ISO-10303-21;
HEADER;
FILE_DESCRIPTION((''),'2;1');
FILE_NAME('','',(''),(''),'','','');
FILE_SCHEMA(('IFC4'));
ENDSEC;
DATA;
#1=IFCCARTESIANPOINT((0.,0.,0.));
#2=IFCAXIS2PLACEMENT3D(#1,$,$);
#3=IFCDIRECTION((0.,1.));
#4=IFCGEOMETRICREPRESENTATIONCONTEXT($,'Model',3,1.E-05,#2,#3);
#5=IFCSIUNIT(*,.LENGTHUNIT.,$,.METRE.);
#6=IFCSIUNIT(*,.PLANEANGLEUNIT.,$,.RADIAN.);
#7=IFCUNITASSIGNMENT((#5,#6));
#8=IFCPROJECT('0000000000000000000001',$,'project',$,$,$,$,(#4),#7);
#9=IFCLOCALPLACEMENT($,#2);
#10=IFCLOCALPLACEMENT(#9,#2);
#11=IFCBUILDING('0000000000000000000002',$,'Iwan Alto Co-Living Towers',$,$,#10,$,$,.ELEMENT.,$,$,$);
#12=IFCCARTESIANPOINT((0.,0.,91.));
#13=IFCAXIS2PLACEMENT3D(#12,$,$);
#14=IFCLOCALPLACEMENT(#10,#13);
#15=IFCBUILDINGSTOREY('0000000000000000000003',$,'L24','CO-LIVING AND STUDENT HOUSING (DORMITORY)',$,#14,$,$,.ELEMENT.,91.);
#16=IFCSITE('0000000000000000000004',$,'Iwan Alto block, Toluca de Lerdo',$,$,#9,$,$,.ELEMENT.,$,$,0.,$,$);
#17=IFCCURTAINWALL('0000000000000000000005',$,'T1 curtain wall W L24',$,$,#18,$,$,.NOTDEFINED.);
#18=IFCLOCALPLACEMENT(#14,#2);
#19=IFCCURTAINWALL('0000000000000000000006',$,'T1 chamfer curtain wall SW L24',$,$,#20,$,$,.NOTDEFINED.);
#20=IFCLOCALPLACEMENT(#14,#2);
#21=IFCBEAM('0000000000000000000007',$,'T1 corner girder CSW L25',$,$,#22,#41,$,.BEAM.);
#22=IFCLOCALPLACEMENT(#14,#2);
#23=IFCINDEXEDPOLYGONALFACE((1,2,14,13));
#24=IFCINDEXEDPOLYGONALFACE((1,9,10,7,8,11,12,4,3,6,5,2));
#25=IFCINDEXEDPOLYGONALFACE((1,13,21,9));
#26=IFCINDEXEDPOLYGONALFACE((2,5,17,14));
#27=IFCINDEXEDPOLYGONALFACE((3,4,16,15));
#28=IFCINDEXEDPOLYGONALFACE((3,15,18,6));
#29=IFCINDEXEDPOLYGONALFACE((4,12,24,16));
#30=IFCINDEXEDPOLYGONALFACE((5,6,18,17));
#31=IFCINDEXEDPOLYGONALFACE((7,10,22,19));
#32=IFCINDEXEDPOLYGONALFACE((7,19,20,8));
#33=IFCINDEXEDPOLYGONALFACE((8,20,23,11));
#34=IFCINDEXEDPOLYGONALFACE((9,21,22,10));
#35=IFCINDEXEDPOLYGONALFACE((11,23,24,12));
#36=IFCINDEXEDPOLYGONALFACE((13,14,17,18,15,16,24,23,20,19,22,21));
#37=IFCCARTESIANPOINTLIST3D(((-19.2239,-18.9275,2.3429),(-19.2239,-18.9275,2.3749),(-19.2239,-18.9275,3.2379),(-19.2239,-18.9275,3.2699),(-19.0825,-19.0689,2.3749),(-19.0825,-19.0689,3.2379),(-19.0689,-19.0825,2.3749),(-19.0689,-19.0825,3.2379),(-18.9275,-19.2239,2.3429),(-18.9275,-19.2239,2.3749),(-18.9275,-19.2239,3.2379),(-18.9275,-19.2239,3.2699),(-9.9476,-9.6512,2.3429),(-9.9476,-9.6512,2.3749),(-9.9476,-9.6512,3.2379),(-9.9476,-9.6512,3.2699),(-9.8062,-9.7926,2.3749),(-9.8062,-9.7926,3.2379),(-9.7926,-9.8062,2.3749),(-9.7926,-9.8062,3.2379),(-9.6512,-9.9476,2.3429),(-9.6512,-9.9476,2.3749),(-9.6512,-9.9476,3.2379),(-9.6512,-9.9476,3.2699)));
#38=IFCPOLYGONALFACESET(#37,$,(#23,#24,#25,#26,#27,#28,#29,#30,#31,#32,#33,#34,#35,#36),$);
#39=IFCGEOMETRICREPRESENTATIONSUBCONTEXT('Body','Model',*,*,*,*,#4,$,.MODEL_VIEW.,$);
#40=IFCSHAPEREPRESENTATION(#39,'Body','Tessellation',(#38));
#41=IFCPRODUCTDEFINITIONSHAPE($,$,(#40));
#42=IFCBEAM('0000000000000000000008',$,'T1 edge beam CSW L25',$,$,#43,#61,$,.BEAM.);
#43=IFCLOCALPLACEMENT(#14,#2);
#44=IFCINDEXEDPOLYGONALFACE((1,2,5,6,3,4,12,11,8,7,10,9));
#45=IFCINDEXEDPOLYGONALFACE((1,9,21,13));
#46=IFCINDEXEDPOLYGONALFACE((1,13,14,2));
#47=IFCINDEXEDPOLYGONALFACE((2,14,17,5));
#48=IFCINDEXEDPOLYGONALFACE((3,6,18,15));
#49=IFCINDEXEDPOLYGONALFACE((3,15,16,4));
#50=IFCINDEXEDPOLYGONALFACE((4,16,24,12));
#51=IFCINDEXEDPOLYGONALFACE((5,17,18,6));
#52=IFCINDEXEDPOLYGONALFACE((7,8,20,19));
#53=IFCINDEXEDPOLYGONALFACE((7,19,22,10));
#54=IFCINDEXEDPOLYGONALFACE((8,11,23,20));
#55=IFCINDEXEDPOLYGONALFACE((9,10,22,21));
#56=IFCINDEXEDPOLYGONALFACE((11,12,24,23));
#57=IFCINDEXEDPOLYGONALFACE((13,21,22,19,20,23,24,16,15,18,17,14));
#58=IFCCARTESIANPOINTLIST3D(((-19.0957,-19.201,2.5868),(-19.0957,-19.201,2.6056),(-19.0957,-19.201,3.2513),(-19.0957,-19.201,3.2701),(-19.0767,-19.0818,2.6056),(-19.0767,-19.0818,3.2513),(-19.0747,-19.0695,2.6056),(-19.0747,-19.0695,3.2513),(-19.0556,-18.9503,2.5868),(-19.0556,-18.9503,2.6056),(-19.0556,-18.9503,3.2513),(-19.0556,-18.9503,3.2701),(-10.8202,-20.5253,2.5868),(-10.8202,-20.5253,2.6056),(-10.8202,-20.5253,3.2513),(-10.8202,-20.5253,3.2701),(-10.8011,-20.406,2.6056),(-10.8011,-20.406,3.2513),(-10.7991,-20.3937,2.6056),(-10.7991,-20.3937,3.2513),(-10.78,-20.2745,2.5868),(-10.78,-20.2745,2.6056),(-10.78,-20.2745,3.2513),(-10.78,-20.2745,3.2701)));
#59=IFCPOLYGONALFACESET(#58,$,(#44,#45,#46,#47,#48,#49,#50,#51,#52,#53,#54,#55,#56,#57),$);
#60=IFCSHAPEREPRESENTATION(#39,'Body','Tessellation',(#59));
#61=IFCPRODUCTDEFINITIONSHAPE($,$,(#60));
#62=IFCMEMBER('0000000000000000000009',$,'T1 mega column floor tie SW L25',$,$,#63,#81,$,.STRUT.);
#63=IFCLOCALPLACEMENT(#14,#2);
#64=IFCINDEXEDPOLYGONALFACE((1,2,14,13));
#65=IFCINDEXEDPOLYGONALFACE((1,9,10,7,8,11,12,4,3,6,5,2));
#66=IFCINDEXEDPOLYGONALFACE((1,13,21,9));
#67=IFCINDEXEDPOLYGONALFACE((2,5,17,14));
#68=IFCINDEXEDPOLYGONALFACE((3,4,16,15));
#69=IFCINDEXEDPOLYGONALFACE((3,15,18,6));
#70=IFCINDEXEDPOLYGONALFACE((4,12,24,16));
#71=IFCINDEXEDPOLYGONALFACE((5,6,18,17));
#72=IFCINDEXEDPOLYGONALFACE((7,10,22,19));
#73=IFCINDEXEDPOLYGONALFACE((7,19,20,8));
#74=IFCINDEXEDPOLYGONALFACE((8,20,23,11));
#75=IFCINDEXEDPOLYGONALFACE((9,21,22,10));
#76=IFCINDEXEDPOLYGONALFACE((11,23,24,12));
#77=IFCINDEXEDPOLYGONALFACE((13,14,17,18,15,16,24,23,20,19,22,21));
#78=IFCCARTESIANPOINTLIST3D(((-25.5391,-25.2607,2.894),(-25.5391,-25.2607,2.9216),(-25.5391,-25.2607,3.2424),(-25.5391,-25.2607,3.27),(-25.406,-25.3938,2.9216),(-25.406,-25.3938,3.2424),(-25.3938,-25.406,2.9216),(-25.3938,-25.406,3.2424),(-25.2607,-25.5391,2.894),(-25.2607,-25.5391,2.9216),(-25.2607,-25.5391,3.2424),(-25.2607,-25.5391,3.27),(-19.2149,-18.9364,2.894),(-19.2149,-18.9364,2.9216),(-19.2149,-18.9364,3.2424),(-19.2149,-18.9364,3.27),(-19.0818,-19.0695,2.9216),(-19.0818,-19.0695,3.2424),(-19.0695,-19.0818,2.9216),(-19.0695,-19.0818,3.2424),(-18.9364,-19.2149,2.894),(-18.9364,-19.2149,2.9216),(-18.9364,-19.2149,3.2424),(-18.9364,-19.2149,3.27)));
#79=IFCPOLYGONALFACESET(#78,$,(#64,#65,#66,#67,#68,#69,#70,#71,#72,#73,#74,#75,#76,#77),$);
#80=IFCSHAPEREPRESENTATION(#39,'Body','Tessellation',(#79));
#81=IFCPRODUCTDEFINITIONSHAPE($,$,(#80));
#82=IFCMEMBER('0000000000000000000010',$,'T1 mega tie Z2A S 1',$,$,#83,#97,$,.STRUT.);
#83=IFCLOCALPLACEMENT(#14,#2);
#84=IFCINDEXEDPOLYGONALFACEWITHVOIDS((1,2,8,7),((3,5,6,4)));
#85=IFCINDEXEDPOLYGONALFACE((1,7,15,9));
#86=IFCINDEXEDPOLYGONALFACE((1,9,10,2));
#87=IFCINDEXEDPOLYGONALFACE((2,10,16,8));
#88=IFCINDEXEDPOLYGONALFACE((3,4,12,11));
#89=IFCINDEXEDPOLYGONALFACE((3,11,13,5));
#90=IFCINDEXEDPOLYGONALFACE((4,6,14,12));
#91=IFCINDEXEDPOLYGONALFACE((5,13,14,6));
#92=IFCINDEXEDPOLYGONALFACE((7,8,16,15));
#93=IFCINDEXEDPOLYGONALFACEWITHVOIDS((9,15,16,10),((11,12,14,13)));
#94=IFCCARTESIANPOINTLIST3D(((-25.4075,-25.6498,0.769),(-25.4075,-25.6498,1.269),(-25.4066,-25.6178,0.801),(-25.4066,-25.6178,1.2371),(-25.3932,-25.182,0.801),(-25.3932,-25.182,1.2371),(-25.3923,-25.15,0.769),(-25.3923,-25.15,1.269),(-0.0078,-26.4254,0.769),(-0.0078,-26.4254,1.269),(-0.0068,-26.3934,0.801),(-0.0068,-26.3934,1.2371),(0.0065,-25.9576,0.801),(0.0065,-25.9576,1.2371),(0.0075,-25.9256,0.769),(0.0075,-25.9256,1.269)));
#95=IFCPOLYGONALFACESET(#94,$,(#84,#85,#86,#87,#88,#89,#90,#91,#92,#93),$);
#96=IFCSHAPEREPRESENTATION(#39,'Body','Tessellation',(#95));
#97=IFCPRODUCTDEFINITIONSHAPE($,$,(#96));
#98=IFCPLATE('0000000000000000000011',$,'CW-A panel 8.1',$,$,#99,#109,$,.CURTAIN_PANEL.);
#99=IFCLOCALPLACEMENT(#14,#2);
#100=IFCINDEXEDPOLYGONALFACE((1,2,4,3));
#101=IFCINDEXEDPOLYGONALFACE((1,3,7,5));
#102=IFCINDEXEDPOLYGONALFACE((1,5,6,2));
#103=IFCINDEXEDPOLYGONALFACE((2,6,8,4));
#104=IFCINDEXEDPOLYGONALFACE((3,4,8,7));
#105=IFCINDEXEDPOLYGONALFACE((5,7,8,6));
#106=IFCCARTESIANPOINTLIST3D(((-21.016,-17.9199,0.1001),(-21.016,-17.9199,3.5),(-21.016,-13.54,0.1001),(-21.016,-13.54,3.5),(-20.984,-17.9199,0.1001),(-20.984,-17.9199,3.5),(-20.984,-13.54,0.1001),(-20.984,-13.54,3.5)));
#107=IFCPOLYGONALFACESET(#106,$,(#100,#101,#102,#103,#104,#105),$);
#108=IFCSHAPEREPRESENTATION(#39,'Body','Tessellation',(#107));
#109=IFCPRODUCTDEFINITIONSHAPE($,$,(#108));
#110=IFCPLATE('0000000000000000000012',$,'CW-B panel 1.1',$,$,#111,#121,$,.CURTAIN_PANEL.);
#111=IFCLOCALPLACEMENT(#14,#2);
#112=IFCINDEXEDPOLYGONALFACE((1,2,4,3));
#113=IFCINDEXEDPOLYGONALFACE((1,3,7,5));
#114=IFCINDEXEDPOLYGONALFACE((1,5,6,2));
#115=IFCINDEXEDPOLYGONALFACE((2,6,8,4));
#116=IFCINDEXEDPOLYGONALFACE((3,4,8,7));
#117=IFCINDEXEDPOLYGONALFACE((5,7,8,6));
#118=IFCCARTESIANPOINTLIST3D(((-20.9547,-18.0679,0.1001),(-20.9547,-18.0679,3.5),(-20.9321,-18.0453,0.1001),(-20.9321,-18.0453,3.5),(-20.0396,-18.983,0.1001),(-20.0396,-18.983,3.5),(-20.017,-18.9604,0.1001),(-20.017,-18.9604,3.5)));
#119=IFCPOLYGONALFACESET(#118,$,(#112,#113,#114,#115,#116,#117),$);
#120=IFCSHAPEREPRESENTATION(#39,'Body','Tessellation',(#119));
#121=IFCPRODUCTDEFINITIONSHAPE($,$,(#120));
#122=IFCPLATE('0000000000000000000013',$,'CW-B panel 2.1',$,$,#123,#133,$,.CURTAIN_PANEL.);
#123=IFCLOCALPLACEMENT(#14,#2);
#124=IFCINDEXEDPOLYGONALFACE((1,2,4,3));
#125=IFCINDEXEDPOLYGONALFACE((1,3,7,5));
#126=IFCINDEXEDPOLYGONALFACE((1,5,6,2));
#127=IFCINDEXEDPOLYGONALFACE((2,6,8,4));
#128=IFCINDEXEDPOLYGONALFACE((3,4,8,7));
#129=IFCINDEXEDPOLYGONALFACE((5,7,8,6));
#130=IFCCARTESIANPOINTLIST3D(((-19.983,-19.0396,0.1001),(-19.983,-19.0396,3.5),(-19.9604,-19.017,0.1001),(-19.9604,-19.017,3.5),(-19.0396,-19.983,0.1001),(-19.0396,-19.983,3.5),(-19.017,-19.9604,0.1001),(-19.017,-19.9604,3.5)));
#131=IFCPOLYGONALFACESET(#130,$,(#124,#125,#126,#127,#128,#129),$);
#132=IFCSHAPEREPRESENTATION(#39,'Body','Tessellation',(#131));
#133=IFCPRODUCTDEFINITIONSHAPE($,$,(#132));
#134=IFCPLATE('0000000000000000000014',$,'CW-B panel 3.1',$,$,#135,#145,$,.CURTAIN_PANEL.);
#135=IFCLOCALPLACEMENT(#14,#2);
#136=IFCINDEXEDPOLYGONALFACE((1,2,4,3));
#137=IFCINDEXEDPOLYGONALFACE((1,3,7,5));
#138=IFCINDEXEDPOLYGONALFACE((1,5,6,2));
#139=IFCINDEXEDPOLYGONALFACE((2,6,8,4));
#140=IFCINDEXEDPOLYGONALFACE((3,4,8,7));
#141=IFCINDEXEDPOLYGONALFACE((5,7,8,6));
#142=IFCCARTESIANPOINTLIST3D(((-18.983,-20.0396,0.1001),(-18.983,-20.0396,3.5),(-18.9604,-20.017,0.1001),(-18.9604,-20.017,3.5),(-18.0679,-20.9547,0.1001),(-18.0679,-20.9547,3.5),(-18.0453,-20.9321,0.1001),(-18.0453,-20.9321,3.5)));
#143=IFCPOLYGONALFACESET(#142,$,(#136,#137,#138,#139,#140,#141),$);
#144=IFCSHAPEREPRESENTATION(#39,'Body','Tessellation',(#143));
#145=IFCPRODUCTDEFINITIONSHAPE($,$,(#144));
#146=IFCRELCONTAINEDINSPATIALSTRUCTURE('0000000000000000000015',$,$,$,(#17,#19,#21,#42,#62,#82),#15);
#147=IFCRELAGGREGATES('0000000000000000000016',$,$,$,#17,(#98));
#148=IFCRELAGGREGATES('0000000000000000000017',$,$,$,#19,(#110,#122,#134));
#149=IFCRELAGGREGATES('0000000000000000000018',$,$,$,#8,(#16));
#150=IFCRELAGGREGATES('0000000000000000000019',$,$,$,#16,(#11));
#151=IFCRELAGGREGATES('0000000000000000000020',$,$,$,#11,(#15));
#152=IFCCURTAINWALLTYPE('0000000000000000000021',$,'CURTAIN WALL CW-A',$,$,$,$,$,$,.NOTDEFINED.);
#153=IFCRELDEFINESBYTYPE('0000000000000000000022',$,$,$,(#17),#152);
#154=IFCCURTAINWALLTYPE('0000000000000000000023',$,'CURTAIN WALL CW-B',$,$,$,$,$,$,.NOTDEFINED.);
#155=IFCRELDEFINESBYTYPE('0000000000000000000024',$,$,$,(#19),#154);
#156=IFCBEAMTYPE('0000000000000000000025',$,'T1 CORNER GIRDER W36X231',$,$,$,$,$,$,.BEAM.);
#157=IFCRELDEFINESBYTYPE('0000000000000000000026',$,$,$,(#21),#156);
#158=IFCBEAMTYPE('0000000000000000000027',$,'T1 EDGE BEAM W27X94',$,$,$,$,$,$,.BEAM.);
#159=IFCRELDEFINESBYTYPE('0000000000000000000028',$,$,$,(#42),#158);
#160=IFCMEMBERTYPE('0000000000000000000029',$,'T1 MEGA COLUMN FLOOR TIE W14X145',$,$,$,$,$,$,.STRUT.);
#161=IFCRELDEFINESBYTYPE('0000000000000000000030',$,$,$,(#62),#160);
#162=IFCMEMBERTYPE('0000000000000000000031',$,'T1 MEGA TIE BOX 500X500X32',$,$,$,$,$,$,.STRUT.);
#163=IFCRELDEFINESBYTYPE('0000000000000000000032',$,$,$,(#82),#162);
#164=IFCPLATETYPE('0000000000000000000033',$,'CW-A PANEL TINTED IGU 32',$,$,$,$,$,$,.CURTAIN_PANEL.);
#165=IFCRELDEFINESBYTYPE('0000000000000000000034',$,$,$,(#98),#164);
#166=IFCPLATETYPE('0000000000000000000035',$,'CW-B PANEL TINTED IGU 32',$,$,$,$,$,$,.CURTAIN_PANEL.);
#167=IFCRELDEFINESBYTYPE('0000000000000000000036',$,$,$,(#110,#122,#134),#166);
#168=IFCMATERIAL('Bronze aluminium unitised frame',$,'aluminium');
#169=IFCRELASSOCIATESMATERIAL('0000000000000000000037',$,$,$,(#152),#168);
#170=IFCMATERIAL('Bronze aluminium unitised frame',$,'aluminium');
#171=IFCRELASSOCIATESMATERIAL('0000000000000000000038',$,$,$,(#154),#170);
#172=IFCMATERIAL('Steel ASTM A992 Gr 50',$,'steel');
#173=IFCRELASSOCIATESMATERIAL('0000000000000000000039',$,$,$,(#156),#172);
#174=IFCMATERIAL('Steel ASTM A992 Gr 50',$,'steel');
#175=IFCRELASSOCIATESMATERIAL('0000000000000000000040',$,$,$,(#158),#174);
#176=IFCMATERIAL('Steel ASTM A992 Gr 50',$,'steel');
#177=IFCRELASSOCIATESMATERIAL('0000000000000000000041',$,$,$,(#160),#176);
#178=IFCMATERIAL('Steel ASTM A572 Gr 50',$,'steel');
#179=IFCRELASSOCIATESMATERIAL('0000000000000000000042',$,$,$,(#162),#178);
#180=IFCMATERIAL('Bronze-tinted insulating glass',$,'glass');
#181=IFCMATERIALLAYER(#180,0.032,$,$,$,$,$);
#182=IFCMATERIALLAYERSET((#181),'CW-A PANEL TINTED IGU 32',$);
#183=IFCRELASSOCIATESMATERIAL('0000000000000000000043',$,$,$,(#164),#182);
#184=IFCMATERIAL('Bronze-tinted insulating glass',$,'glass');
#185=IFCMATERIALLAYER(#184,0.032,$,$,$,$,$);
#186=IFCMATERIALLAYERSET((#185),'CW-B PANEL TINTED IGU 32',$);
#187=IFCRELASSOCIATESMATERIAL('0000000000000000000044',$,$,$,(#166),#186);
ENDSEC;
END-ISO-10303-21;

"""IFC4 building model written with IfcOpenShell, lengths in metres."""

from ifc_helpers import new_model, si_unit, direction, frame, origin, origin_2d, place, context, subcontext, project, spatial, rectangle, hollow_rectangle, i_section, extrude, material, layer, layer_set, material_profile, profile_set, type_object, element, aggregate, save


model = new_model("IFC4")

# Units and contexts
model_context = context("Model", 3, precision=1e-05, world=origin(), true_north=direction((0.0, 1.0)))
body_context = subcontext(model_context, "Body", "Model", "MODEL_VIEW")
ifc_project = project(units=[si_unit("LENGTHUNIT", "METRE"), si_unit("PLANEANGLEUNIT", "RADIAN")], contexts=[model_context])

# Site, building, storey
site_placement = place(None, origin())
site = spatial("IfcSite", under=ifc_project, at=site_placement, Name="Iwan Alto block, Toluca de Lerdo", CompositionType="ELEMENT", RefElevation=0.0)
building_placement = place(site_placement, origin())
building = spatial("IfcBuilding", under=site, at=building_placement, Name="Iwan Alto Co-Living Towers", CompositionType="ELEMENT")
storey_placement = place(building_placement, frame((0.0, 0.0, 91.0)))
storey = spatial("IfcBuildingStorey", under=building, at=storey_placement, Name="L24", Description="CO-LIVING AND STUDENT HOUSING (DORMITORY)", CompositionType="ELEMENT", Elevation=91.0)

# Shared definitions
ifc_material_1 = material(Name="Bronze aluminium unitised frame", Category="aluminium")
curtain_wall_type_1 = type_object("IfcCurtainWallType", Name="CURTAIN WALL CW-A", PredefinedType="NOTDEFINED", material=ifc_material_1)

# Curtain walls
curtain_wall_1_placement = place(storey_placement, origin())
curtain_wall_1 = element("IfcCurtainWall", 1, at=curtain_wall_1_placement, inside=storey, type_object=curtain_wall_type_1, Name="T1 curtain wall W L24", PredefinedType="NOTDEFINED")
ifc_material_2 = material(Name="Bronze aluminium unitised frame", Category="aluminium")
curtain_wall_type_2 = type_object("IfcCurtainWallType", Name="CURTAIN WALL CW-B", PredefinedType="NOTDEFINED", material=ifc_material_2)
curtain_wall_2_placement = place(storey_placement, origin())
curtain_wall_2 = element("IfcCurtainWall", 2, at=curtain_wall_2_placement, inside=storey, type_object=curtain_wall_type_2, Name="T1 chamfer curtain wall SW L24", PredefinedType="NOTDEFINED")

# Beams
ifc_material_3 = material(Name="Steel ASTM A992 Gr 50", Category="steel")
ifc_material_profile_1 = material_profile(ifc_material_3, i_section(OverallWidth=0.4192, OverallDepth=0.927, WebThickness=0.0193, FlangeThickness=0.032, at=origin_2d()), Name="W36X231")
ifc_profile_set_1 = profile_set([ifc_material_profile_1], Name="Steel ASTM A992 Gr 50")
beam_type_1 = type_object("IfcBeamType", Name="T1 CORNER GIRDER W36X231", PredefinedType="BEAM", material=ifc_profile_set_1)
beam_1_placement = place(storey_placement, frame((-19.0757, -19.0757, 2.8064), z_axis=(0.707107, 0.707107, 0.0), x_axis=(-0.707107, 0.707107, 0.0)))
element("IfcBeam", 3, at=beam_1_placement, inside=storey, type_object=beam_type_1, Name="T1 corner girder CSW L25", PredefinedType="BEAM", context=body_context, shape_type="SweptSolid", body=[
    extrude(i_section(OverallWidth=0.4192, OverallDepth=0.927, WebThickness=0.0193, FlangeThickness=0.032, at=origin_2d()), origin(), (0.0, 0.0, 1.0), 13.1187),
])
ifc_material_4 = material(Name="Steel ASTM A992 Gr 50", Category="steel")
ifc_material_profile_2 = material_profile(ifc_material_4, i_section(OverallWidth=0.2539, OverallDepth=0.6833, WebThickness=0.0125, FlangeThickness=0.0188, at=origin_2d()), Name="W27X94")
ifc_profile_set_2 = profile_set([ifc_material_profile_2], Name="Steel ASTM A992 Gr 50")
beam_type_2 = type_object("IfcBeamType", Name="T1 EDGE BEAM W27X94", PredefinedType="BEAM", material=ifc_profile_set_2)
beam_2_placement = place(storey_placement, frame((-19.0757, -19.0757, 2.9285), z_axis=(0.987438, -0.158004, 0.0), x_axis=(0.158004, 0.987438, 0.0)))
element("IfcBeam", 4, at=beam_2_placement, inside=storey, type_object=beam_type_2, Name="T1 edge beam CSW L25", PredefinedType="BEAM", context=body_context, shape_type="SweptSolid", body=[
    extrude(i_section(OverallWidth=0.2539, OverallDepth=0.6833, WebThickness=0.0125, FlangeThickness=0.0188, at=origin_2d()), origin(), (0.0, 0.0, 1.0), 8.3809),
])

# Members
ifc_material_5 = material(Name="Steel ASTM A992 Gr 50", Category="steel")
ifc_material_profile_3 = material_profile(ifc_material_5, i_section(OverallWidth=0.3938, OverallDepth=0.376, WebThickness=0.0173, FlangeThickness=0.0276, at=origin_2d()), Name="W14X145")
ifc_profile_set_3 = profile_set([ifc_material_profile_3], Name="Steel ASTM A992 Gr 50")
member_type_1 = type_object("IfcMemberType", Name="T1 MEGA COLUMN FLOOR TIE W14X145", PredefinedType="STRUT", material=ifc_profile_set_3)
member_1_placement = place(storey_placement, frame((-25.3999, -25.3999, 3.082), z_axis=(0.707107, 0.707107, 0.0), x_axis=(-0.707107, 0.707107, 0.0)))
element("IfcMember", 5, at=member_1_placement, inside=storey, type_object=member_type_1, Name="T1 mega column floor tie SW L25", PredefinedType="STRUT", context=body_context, shape_type="SweptSolid", body=[
    extrude(i_section(OverallWidth=0.3938, OverallDepth=0.376, WebThickness=0.0173, FlangeThickness=0.0276, at=origin_2d()), origin(), (0.0, 0.0, 1.0), 8.9438),
])
ifc_material_6 = material(Name="Steel ASTM A572 Gr 50", Category="steel")
ifc_material_profile_4 = material_profile(ifc_material_6, hollow_rectangle(XDim=0.5, YDim=0.5, WallThickness=0.032, at=origin_2d()), Name="BOX 500X500X32")
ifc_profile_set_4 = profile_set([ifc_material_profile_4], Name="Steel ASTM A572 Gr 50")
member_type_2 = type_object("IfcMemberType", Name="T1 MEGA TIE BOX 500X500X32", PredefinedType="STRUT", material=ifc_profile_set_4)
member_2_placement = place(storey_placement, frame((-25.3999, -25.3999, 1.019), z_axis=(0.999534, -0.030523, 0.0), x_axis=(0.030523, 0.999534, 0.0)))
element("IfcMember", 6, at=member_2_placement, inside=storey, type_object=member_type_2, Name="T1 mega tie Z2A S 1", PredefinedType="STRUT", context=body_context, shape_type="SweptSolid", body=[
    extrude(hollow_rectangle(XDim=0.5, YDim=0.5, WallThickness=0.032, at=origin_2d()), origin(), (0.0, 0.0, 1.0), 25.4116),
])

# Plates
ifc_material_7 = material(Name="Bronze-tinted insulating glass", Category="glass")
ifc_layer_1 = layer(ifc_material_7, 0.032)
ifc_layer_set_1 = layer_set([ifc_layer_1], Name="CW-A PANEL TINTED IGU 32")
plate_type_1 = type_object("IfcPlateType", Name="CW-A PANEL TINTED IGU 32", PredefinedType="CURTAIN_PANEL", material=ifc_layer_set_1)
plate_1_placement = place(storey_placement, frame((-21.0, -15.73, 0.1001), z_axis=(0.0, 0.0, 1.0), x_axis=(0.0, -1.0, 0.0)))
plate_1 = element("IfcPlate", 7, at=plate_1_placement, type_object=plate_type_1, Name="CW-A panel 8.1", PredefinedType="CURTAIN_PANEL", context=body_context, shape_type="SweptSolid", body=[
    extrude(rectangle(XDim=4.3799, YDim=0.032, at=origin_2d()), origin(), (0.0, 0.0, 1.0), 3.3999),
])
aggregate(curtain_wall_1, [plate_1])
ifc_material_8 = material(Name="Bronze-tinted insulating glass", Category="glass")
ifc_layer_2 = layer(ifc_material_8, 0.032)
ifc_layer_set_2 = layer_set([ifc_layer_2], Name="CW-B PANEL TINTED IGU 32")
plate_type_2 = type_object("IfcPlateType", Name="CW-B PANEL TINTED IGU 32", PredefinedType="CURTAIN_PANEL", material=ifc_layer_set_2)
plate_2_placement = place(storey_placement, frame((-20.4858, -18.5142, 0.1001), z_axis=(0.0, 0.0, 1.0), x_axis=(0.707107, -0.707107, 0.0)))
plate_2 = element("IfcPlate", 8, at=plate_2_placement, type_object=plate_type_2, Name="CW-B panel 1.1", PredefinedType="CURTAIN_PANEL", context=body_context, shape_type="SweptSolid", body=[
    extrude(rectangle(XDim=1.2942, YDim=0.032, at=origin_2d()), origin(), (0.0, 0.0, 1.0), 3.3999),
])
plate_3_placement = place(storey_placement, frame((-19.5, -19.5, 0.1001), z_axis=(0.0, 0.0, 1.0), x_axis=(0.707107, -0.707107, 0.0)))
plate_3 = element("IfcPlate", 9, at=plate_3_placement, type_object=plate_type_2, Name="CW-B panel 2.1", PredefinedType="CURTAIN_PANEL", context=body_context, shape_type="SweptSolid", body=[
    extrude(rectangle(XDim=1.3342, YDim=0.032, at=origin_2d()), origin(), (0.0, 0.0, 1.0), 3.3999),
])
plate_4_placement = place(storey_placement, frame((-18.5142, -20.4858, 0.1001), z_axis=(0.0, 0.0, 1.0), x_axis=(0.707107, -0.707107, 0.0)))
plate_4 = element("IfcPlate", 10, at=plate_4_placement, type_object=plate_type_2, Name="CW-B panel 3.1", PredefinedType="CURTAIN_PANEL", context=body_context, shape_type="SweptSolid", body=[
    extrude(rectangle(XDim=1.2942, YDim=0.032, at=origin_2d()), origin(), (0.0, 0.0, 1.0), 3.3999),
])
aggregate(curtain_wall_2, [plate_2, plate_3, plate_4])

save(model, "model.ifc")
